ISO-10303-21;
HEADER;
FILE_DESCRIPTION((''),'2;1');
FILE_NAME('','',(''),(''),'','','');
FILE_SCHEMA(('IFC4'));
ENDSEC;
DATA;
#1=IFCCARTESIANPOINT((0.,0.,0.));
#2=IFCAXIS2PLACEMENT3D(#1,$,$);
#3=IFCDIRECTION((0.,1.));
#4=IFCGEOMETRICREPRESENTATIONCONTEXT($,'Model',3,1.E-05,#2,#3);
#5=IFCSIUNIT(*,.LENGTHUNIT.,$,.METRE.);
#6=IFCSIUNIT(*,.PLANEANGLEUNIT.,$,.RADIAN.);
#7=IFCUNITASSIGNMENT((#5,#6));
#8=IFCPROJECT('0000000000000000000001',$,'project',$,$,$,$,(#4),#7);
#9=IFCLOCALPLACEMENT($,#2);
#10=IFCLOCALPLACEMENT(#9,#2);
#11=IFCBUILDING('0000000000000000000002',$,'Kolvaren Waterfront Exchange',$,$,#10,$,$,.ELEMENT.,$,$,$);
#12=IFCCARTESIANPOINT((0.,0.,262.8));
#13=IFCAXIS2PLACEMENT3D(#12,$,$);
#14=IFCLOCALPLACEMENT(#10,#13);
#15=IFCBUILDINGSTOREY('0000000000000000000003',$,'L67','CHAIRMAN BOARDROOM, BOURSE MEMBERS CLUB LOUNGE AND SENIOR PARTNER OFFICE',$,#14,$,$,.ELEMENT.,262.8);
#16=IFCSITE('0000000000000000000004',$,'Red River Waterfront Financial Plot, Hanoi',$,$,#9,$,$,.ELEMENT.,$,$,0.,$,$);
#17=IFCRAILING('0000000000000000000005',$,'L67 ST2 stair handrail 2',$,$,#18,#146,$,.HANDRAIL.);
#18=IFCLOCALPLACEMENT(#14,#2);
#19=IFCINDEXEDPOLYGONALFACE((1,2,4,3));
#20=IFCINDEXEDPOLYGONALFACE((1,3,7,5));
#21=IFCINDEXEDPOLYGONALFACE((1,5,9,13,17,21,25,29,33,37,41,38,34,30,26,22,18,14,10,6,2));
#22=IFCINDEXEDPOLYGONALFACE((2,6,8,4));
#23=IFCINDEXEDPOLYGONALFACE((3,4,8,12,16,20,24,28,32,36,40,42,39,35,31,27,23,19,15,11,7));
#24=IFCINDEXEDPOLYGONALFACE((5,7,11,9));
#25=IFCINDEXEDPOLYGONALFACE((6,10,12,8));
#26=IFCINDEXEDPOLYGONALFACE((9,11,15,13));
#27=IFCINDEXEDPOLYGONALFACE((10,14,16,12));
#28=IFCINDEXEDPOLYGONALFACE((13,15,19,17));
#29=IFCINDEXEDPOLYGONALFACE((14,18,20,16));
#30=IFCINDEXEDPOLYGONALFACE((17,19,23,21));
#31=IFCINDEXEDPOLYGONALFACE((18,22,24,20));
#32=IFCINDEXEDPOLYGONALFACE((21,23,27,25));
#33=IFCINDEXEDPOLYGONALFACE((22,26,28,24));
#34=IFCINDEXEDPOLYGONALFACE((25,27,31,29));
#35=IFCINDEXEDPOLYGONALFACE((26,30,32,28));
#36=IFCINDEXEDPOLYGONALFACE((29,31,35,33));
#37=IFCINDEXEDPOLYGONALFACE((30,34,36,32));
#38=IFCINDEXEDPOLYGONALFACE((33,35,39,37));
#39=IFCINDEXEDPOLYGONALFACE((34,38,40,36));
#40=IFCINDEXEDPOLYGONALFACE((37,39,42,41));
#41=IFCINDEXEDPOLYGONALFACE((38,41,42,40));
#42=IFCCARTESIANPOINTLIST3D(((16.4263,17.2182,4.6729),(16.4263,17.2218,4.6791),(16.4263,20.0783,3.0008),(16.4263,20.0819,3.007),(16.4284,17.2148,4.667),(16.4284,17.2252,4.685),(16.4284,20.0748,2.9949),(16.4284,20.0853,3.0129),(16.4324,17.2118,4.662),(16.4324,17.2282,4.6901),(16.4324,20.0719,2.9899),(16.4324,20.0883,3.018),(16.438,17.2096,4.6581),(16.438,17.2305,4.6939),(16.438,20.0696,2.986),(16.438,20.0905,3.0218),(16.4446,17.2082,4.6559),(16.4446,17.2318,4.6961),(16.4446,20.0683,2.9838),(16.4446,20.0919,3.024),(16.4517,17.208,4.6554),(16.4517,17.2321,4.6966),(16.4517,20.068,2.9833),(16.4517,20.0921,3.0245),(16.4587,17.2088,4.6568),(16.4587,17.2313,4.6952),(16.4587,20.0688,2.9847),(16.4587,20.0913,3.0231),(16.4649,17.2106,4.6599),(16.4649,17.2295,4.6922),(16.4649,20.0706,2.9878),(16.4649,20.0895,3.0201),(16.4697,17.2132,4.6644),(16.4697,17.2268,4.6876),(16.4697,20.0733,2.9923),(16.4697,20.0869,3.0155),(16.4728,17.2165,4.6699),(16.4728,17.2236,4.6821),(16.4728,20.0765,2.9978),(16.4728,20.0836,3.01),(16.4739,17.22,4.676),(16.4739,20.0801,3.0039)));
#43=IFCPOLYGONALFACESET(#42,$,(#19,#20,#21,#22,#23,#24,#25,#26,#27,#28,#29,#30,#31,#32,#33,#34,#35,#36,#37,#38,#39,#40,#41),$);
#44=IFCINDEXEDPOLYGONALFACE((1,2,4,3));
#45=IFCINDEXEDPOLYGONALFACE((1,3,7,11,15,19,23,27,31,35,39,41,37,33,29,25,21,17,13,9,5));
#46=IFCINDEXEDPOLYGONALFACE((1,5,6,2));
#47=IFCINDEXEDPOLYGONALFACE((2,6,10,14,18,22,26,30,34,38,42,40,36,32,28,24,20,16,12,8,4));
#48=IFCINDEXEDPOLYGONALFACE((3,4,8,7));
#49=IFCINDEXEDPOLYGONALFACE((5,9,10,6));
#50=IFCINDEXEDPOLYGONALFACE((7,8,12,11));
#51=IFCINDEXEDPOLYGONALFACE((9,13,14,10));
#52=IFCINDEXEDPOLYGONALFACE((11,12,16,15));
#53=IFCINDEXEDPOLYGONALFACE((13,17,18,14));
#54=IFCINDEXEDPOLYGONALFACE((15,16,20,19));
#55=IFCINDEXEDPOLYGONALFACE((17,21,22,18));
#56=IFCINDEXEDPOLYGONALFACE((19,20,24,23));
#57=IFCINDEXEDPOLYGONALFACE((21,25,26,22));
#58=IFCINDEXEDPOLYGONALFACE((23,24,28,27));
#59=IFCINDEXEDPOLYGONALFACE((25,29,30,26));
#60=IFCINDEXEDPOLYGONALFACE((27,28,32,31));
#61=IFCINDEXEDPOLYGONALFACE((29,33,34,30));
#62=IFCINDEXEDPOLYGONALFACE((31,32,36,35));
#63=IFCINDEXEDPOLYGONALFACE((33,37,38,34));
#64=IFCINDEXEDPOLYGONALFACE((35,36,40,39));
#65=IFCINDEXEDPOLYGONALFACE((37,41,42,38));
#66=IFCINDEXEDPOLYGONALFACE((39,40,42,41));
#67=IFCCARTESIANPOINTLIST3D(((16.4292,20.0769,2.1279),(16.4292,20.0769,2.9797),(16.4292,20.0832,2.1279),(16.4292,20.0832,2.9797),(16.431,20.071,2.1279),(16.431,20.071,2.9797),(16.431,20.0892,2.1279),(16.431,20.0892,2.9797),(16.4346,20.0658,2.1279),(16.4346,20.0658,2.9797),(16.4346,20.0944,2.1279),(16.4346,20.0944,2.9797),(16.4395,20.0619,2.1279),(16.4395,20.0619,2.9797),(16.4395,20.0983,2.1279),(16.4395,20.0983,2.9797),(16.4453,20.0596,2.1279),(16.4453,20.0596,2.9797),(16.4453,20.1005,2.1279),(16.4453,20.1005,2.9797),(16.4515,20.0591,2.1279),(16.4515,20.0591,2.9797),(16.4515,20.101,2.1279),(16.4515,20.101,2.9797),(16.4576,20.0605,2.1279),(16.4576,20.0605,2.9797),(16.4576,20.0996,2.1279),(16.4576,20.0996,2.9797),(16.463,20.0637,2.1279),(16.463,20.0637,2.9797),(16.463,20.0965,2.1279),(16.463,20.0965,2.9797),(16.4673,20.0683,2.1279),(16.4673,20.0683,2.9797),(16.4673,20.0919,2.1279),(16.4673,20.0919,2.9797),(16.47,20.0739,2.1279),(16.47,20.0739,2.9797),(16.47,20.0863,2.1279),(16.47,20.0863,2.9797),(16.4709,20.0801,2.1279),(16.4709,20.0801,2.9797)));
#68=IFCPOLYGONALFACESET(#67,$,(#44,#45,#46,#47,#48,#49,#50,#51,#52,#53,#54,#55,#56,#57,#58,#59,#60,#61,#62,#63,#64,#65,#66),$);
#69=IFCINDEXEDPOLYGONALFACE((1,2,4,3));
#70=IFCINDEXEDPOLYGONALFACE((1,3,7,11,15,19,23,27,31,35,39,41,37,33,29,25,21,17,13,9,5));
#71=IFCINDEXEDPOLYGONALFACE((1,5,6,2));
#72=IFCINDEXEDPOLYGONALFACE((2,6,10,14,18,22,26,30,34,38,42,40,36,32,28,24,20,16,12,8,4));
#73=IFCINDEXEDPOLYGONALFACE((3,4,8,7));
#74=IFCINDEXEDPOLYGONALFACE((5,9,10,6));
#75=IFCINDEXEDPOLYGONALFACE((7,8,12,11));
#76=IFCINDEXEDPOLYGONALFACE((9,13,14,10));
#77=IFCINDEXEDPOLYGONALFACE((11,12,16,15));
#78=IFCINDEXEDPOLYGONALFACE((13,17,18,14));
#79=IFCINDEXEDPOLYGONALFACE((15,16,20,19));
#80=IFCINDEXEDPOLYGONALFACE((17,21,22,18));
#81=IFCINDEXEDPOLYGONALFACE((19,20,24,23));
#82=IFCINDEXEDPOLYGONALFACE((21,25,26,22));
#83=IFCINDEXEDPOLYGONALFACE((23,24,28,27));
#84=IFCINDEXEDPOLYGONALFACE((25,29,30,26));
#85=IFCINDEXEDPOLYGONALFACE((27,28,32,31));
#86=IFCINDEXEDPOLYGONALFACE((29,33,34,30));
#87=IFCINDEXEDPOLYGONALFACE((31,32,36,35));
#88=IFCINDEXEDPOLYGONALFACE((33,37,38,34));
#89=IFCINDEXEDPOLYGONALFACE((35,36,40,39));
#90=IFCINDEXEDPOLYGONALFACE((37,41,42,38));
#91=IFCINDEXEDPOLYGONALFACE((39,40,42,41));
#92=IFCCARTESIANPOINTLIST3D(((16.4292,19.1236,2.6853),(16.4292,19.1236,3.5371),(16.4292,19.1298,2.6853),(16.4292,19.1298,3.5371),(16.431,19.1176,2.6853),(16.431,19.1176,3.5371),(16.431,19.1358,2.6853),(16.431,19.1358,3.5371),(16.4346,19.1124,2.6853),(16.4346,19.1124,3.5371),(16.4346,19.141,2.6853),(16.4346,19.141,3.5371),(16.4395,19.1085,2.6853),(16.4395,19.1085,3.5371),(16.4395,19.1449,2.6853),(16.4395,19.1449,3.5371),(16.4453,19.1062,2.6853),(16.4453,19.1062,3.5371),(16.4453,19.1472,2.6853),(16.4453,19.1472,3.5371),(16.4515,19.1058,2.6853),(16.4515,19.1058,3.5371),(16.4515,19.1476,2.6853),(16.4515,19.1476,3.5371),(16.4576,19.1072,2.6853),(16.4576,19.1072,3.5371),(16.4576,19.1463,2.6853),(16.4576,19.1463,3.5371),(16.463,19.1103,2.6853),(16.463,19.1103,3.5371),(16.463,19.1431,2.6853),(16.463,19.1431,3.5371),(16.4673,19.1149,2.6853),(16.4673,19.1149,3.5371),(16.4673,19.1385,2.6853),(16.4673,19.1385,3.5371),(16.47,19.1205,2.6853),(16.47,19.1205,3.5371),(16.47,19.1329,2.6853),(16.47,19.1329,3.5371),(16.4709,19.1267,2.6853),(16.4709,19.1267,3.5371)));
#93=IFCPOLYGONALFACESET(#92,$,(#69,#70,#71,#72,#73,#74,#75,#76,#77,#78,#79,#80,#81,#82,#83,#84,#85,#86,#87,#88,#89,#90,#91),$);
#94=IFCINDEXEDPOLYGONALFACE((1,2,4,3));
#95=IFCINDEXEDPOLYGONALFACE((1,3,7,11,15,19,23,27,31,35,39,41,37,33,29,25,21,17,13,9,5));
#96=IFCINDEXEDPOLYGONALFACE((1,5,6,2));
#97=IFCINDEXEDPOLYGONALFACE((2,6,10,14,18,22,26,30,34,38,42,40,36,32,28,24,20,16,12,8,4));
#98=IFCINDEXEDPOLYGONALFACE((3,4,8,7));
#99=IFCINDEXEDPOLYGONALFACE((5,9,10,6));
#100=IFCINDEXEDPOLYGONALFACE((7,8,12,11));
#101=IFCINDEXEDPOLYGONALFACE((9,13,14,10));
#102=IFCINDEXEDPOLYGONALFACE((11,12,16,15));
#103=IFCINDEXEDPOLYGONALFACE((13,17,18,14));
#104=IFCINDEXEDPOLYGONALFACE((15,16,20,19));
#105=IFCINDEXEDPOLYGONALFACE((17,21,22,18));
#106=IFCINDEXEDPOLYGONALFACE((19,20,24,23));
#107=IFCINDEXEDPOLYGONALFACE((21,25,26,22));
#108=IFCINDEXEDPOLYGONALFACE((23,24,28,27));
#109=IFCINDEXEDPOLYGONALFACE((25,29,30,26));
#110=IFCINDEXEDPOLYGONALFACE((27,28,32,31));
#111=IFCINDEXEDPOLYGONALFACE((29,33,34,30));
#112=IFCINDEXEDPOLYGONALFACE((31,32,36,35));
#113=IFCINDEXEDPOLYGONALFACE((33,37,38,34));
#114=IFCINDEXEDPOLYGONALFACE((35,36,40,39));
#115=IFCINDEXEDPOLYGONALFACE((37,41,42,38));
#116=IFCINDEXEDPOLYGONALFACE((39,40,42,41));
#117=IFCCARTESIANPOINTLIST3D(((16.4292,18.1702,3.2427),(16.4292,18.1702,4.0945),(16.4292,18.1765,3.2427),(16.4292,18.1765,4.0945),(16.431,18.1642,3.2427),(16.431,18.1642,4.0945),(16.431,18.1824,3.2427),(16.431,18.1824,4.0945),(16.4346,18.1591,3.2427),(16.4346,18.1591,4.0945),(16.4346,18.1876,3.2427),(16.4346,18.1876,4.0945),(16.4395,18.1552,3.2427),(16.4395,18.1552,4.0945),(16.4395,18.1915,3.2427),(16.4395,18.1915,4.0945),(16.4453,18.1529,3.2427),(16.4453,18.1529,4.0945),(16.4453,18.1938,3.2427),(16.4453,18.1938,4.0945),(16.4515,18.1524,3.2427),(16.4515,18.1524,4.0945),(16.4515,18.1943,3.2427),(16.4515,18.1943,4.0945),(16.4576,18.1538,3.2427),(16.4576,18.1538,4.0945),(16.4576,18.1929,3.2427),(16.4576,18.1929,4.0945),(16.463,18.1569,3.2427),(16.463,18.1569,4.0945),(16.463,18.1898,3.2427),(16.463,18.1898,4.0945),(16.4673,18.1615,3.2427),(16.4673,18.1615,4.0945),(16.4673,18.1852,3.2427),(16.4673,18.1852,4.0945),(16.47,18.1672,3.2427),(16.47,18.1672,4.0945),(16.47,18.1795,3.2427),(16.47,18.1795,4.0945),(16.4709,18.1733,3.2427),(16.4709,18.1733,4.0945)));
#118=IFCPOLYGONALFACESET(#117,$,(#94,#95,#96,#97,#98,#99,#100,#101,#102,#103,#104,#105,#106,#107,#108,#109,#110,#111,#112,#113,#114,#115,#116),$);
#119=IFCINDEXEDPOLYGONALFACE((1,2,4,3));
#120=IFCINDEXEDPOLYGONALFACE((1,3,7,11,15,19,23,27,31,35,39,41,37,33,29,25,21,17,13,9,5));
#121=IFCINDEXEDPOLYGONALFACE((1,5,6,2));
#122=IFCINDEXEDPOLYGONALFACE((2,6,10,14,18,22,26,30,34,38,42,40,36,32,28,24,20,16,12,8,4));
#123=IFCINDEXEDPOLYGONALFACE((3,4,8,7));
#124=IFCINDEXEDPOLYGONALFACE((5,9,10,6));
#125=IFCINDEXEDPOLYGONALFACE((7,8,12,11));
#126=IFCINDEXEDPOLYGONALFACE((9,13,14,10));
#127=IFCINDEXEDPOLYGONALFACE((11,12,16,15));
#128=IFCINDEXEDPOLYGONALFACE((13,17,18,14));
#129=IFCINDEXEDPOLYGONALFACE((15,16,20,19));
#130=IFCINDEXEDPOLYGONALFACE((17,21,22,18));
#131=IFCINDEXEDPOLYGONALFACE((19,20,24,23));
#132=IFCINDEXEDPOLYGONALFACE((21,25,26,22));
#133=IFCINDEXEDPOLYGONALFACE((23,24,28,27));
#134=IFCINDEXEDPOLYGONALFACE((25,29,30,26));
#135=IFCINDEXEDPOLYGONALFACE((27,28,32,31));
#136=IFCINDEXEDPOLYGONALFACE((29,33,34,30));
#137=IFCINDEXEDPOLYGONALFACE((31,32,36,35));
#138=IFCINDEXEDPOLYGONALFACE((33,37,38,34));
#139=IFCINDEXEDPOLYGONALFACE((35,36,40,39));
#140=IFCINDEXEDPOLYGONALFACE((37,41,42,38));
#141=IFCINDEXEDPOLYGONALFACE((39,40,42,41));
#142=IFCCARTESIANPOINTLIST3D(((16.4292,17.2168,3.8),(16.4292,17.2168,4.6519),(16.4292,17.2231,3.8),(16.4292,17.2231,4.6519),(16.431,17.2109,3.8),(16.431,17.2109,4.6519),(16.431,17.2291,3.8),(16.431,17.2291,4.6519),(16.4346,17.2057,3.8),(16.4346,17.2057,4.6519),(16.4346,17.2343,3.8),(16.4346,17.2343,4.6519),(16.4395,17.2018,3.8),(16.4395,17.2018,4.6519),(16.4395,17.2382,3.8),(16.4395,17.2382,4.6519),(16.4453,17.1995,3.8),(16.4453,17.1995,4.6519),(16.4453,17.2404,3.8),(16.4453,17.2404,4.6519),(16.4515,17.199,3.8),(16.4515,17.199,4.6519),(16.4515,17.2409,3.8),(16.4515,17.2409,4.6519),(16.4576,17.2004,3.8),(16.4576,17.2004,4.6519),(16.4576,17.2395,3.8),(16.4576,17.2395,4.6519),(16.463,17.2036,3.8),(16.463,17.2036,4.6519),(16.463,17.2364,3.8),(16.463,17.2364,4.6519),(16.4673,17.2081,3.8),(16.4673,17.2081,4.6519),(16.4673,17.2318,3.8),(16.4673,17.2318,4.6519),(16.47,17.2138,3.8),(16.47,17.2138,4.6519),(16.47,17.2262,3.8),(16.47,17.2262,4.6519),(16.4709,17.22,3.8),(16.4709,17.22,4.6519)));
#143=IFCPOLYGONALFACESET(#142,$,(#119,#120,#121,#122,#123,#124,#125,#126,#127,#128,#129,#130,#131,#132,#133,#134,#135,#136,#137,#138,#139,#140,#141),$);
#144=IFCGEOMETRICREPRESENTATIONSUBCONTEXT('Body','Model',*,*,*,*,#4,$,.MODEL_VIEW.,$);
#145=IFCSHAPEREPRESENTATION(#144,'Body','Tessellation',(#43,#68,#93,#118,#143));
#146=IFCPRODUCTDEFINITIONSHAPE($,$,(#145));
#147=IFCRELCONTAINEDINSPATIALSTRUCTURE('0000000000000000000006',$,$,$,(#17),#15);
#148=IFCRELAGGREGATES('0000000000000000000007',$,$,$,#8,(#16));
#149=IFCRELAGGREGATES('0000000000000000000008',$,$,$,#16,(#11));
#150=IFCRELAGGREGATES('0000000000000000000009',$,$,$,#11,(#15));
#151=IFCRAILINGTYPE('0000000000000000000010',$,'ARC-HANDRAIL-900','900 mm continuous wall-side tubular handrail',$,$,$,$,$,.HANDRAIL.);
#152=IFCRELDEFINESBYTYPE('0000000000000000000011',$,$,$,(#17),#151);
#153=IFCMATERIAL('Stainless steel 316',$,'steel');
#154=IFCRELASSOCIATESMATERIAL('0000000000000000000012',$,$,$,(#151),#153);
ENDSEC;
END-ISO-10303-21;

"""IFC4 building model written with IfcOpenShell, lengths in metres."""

from ifc_helpers import new_model, si_unit, direction, frame, origin, origin_2d, place, context, subcontext, project, spatial, circle, extrude, material, type_object, element, save


model = new_model("IFC4")

# Units and contexts
model_context = context("Model", 3, precision=1e-05, world=origin(), true_north=direction((0.0, 1.0)))
body_context = subcontext(model_context, "Body", "Model", "MODEL_VIEW")
ifc_project = project(units=[si_unit("LENGTHUNIT", "METRE"), si_unit("PLANEANGLEUNIT", "RADIAN")], contexts=[model_context])

# Site, building, storey
site_placement = place(None, origin())
site = spatial("IfcSite", under=ifc_project, at=site_placement, Name="Red River Waterfront Financial Plot, Hanoi", CompositionType="ELEMENT", RefElevation=0.0)
building_placement = place(site_placement, origin())
building = spatial("IfcBuilding", under=site, at=building_placement, Name="Kolvaren Waterfront Exchange", CompositionType="ELEMENT")
storey_placement = place(building_placement, frame((0.0, 0.0, 262.8)))
storey = spatial("IfcBuildingStorey", under=building, at=storey_placement, Name="L67", Description="CHAIRMAN BOARDROOM, BOURSE MEMBERS CLUB LOUNGE AND SENIOR PARTNER OFFICE", CompositionType="ELEMENT", Elevation=262.8)

# Railing
ifc_material_1 = material(Name="Stainless steel 316", Category="steel")
railing_type_1 = type_object("IfcRailingType", Name="ARC-HANDRAIL-900", Description="900 mm continuous wall-side tubular handrail", PredefinedType="HANDRAIL", material=ifc_material_1)
railing_1_placement = place(storey_placement, frame((16.45, 20.0801, 2.1279)))
element("IfcRailing", 1, at=railing_1_placement, inside=storey, type_object=railing_type_1, Name="L67 ST2 stair handrail 2", PredefinedType="HANDRAIL", context=body_context, shape_type="SweptSolid", body=[
    extrude(circle(Radius=0.0239, at=origin_2d()), frame((0.0, 0.0, 0.876), z_axis=(0.0, -0.863289, 0.504709), x_axis=(1.0, 0.0, 0.0)), (0.0, 0.0, 1.0), 3.313),
    extrude(circle(Radius=0.021, at=origin_2d()), origin(), (0.0, 0.0, 1.0), 0.8518),
    extrude(circle(Radius=0.021, at=origin_2d()), frame((0.0, -0.9534, 0.5574)), (0.0, 0.0, 1.0), 0.8518),
    extrude(circle(Radius=0.021, at=origin_2d()), frame((0.0, -1.9067, 1.1147)), (0.0, 0.0, 1.0), 0.8518),
    extrude(circle(Radius=0.021, at=origin_2d()), frame((0.0, -2.8601, 1.6721)), (0.0, 0.0, 1.0), 0.8518),
])

save(model, "model.ifc")
